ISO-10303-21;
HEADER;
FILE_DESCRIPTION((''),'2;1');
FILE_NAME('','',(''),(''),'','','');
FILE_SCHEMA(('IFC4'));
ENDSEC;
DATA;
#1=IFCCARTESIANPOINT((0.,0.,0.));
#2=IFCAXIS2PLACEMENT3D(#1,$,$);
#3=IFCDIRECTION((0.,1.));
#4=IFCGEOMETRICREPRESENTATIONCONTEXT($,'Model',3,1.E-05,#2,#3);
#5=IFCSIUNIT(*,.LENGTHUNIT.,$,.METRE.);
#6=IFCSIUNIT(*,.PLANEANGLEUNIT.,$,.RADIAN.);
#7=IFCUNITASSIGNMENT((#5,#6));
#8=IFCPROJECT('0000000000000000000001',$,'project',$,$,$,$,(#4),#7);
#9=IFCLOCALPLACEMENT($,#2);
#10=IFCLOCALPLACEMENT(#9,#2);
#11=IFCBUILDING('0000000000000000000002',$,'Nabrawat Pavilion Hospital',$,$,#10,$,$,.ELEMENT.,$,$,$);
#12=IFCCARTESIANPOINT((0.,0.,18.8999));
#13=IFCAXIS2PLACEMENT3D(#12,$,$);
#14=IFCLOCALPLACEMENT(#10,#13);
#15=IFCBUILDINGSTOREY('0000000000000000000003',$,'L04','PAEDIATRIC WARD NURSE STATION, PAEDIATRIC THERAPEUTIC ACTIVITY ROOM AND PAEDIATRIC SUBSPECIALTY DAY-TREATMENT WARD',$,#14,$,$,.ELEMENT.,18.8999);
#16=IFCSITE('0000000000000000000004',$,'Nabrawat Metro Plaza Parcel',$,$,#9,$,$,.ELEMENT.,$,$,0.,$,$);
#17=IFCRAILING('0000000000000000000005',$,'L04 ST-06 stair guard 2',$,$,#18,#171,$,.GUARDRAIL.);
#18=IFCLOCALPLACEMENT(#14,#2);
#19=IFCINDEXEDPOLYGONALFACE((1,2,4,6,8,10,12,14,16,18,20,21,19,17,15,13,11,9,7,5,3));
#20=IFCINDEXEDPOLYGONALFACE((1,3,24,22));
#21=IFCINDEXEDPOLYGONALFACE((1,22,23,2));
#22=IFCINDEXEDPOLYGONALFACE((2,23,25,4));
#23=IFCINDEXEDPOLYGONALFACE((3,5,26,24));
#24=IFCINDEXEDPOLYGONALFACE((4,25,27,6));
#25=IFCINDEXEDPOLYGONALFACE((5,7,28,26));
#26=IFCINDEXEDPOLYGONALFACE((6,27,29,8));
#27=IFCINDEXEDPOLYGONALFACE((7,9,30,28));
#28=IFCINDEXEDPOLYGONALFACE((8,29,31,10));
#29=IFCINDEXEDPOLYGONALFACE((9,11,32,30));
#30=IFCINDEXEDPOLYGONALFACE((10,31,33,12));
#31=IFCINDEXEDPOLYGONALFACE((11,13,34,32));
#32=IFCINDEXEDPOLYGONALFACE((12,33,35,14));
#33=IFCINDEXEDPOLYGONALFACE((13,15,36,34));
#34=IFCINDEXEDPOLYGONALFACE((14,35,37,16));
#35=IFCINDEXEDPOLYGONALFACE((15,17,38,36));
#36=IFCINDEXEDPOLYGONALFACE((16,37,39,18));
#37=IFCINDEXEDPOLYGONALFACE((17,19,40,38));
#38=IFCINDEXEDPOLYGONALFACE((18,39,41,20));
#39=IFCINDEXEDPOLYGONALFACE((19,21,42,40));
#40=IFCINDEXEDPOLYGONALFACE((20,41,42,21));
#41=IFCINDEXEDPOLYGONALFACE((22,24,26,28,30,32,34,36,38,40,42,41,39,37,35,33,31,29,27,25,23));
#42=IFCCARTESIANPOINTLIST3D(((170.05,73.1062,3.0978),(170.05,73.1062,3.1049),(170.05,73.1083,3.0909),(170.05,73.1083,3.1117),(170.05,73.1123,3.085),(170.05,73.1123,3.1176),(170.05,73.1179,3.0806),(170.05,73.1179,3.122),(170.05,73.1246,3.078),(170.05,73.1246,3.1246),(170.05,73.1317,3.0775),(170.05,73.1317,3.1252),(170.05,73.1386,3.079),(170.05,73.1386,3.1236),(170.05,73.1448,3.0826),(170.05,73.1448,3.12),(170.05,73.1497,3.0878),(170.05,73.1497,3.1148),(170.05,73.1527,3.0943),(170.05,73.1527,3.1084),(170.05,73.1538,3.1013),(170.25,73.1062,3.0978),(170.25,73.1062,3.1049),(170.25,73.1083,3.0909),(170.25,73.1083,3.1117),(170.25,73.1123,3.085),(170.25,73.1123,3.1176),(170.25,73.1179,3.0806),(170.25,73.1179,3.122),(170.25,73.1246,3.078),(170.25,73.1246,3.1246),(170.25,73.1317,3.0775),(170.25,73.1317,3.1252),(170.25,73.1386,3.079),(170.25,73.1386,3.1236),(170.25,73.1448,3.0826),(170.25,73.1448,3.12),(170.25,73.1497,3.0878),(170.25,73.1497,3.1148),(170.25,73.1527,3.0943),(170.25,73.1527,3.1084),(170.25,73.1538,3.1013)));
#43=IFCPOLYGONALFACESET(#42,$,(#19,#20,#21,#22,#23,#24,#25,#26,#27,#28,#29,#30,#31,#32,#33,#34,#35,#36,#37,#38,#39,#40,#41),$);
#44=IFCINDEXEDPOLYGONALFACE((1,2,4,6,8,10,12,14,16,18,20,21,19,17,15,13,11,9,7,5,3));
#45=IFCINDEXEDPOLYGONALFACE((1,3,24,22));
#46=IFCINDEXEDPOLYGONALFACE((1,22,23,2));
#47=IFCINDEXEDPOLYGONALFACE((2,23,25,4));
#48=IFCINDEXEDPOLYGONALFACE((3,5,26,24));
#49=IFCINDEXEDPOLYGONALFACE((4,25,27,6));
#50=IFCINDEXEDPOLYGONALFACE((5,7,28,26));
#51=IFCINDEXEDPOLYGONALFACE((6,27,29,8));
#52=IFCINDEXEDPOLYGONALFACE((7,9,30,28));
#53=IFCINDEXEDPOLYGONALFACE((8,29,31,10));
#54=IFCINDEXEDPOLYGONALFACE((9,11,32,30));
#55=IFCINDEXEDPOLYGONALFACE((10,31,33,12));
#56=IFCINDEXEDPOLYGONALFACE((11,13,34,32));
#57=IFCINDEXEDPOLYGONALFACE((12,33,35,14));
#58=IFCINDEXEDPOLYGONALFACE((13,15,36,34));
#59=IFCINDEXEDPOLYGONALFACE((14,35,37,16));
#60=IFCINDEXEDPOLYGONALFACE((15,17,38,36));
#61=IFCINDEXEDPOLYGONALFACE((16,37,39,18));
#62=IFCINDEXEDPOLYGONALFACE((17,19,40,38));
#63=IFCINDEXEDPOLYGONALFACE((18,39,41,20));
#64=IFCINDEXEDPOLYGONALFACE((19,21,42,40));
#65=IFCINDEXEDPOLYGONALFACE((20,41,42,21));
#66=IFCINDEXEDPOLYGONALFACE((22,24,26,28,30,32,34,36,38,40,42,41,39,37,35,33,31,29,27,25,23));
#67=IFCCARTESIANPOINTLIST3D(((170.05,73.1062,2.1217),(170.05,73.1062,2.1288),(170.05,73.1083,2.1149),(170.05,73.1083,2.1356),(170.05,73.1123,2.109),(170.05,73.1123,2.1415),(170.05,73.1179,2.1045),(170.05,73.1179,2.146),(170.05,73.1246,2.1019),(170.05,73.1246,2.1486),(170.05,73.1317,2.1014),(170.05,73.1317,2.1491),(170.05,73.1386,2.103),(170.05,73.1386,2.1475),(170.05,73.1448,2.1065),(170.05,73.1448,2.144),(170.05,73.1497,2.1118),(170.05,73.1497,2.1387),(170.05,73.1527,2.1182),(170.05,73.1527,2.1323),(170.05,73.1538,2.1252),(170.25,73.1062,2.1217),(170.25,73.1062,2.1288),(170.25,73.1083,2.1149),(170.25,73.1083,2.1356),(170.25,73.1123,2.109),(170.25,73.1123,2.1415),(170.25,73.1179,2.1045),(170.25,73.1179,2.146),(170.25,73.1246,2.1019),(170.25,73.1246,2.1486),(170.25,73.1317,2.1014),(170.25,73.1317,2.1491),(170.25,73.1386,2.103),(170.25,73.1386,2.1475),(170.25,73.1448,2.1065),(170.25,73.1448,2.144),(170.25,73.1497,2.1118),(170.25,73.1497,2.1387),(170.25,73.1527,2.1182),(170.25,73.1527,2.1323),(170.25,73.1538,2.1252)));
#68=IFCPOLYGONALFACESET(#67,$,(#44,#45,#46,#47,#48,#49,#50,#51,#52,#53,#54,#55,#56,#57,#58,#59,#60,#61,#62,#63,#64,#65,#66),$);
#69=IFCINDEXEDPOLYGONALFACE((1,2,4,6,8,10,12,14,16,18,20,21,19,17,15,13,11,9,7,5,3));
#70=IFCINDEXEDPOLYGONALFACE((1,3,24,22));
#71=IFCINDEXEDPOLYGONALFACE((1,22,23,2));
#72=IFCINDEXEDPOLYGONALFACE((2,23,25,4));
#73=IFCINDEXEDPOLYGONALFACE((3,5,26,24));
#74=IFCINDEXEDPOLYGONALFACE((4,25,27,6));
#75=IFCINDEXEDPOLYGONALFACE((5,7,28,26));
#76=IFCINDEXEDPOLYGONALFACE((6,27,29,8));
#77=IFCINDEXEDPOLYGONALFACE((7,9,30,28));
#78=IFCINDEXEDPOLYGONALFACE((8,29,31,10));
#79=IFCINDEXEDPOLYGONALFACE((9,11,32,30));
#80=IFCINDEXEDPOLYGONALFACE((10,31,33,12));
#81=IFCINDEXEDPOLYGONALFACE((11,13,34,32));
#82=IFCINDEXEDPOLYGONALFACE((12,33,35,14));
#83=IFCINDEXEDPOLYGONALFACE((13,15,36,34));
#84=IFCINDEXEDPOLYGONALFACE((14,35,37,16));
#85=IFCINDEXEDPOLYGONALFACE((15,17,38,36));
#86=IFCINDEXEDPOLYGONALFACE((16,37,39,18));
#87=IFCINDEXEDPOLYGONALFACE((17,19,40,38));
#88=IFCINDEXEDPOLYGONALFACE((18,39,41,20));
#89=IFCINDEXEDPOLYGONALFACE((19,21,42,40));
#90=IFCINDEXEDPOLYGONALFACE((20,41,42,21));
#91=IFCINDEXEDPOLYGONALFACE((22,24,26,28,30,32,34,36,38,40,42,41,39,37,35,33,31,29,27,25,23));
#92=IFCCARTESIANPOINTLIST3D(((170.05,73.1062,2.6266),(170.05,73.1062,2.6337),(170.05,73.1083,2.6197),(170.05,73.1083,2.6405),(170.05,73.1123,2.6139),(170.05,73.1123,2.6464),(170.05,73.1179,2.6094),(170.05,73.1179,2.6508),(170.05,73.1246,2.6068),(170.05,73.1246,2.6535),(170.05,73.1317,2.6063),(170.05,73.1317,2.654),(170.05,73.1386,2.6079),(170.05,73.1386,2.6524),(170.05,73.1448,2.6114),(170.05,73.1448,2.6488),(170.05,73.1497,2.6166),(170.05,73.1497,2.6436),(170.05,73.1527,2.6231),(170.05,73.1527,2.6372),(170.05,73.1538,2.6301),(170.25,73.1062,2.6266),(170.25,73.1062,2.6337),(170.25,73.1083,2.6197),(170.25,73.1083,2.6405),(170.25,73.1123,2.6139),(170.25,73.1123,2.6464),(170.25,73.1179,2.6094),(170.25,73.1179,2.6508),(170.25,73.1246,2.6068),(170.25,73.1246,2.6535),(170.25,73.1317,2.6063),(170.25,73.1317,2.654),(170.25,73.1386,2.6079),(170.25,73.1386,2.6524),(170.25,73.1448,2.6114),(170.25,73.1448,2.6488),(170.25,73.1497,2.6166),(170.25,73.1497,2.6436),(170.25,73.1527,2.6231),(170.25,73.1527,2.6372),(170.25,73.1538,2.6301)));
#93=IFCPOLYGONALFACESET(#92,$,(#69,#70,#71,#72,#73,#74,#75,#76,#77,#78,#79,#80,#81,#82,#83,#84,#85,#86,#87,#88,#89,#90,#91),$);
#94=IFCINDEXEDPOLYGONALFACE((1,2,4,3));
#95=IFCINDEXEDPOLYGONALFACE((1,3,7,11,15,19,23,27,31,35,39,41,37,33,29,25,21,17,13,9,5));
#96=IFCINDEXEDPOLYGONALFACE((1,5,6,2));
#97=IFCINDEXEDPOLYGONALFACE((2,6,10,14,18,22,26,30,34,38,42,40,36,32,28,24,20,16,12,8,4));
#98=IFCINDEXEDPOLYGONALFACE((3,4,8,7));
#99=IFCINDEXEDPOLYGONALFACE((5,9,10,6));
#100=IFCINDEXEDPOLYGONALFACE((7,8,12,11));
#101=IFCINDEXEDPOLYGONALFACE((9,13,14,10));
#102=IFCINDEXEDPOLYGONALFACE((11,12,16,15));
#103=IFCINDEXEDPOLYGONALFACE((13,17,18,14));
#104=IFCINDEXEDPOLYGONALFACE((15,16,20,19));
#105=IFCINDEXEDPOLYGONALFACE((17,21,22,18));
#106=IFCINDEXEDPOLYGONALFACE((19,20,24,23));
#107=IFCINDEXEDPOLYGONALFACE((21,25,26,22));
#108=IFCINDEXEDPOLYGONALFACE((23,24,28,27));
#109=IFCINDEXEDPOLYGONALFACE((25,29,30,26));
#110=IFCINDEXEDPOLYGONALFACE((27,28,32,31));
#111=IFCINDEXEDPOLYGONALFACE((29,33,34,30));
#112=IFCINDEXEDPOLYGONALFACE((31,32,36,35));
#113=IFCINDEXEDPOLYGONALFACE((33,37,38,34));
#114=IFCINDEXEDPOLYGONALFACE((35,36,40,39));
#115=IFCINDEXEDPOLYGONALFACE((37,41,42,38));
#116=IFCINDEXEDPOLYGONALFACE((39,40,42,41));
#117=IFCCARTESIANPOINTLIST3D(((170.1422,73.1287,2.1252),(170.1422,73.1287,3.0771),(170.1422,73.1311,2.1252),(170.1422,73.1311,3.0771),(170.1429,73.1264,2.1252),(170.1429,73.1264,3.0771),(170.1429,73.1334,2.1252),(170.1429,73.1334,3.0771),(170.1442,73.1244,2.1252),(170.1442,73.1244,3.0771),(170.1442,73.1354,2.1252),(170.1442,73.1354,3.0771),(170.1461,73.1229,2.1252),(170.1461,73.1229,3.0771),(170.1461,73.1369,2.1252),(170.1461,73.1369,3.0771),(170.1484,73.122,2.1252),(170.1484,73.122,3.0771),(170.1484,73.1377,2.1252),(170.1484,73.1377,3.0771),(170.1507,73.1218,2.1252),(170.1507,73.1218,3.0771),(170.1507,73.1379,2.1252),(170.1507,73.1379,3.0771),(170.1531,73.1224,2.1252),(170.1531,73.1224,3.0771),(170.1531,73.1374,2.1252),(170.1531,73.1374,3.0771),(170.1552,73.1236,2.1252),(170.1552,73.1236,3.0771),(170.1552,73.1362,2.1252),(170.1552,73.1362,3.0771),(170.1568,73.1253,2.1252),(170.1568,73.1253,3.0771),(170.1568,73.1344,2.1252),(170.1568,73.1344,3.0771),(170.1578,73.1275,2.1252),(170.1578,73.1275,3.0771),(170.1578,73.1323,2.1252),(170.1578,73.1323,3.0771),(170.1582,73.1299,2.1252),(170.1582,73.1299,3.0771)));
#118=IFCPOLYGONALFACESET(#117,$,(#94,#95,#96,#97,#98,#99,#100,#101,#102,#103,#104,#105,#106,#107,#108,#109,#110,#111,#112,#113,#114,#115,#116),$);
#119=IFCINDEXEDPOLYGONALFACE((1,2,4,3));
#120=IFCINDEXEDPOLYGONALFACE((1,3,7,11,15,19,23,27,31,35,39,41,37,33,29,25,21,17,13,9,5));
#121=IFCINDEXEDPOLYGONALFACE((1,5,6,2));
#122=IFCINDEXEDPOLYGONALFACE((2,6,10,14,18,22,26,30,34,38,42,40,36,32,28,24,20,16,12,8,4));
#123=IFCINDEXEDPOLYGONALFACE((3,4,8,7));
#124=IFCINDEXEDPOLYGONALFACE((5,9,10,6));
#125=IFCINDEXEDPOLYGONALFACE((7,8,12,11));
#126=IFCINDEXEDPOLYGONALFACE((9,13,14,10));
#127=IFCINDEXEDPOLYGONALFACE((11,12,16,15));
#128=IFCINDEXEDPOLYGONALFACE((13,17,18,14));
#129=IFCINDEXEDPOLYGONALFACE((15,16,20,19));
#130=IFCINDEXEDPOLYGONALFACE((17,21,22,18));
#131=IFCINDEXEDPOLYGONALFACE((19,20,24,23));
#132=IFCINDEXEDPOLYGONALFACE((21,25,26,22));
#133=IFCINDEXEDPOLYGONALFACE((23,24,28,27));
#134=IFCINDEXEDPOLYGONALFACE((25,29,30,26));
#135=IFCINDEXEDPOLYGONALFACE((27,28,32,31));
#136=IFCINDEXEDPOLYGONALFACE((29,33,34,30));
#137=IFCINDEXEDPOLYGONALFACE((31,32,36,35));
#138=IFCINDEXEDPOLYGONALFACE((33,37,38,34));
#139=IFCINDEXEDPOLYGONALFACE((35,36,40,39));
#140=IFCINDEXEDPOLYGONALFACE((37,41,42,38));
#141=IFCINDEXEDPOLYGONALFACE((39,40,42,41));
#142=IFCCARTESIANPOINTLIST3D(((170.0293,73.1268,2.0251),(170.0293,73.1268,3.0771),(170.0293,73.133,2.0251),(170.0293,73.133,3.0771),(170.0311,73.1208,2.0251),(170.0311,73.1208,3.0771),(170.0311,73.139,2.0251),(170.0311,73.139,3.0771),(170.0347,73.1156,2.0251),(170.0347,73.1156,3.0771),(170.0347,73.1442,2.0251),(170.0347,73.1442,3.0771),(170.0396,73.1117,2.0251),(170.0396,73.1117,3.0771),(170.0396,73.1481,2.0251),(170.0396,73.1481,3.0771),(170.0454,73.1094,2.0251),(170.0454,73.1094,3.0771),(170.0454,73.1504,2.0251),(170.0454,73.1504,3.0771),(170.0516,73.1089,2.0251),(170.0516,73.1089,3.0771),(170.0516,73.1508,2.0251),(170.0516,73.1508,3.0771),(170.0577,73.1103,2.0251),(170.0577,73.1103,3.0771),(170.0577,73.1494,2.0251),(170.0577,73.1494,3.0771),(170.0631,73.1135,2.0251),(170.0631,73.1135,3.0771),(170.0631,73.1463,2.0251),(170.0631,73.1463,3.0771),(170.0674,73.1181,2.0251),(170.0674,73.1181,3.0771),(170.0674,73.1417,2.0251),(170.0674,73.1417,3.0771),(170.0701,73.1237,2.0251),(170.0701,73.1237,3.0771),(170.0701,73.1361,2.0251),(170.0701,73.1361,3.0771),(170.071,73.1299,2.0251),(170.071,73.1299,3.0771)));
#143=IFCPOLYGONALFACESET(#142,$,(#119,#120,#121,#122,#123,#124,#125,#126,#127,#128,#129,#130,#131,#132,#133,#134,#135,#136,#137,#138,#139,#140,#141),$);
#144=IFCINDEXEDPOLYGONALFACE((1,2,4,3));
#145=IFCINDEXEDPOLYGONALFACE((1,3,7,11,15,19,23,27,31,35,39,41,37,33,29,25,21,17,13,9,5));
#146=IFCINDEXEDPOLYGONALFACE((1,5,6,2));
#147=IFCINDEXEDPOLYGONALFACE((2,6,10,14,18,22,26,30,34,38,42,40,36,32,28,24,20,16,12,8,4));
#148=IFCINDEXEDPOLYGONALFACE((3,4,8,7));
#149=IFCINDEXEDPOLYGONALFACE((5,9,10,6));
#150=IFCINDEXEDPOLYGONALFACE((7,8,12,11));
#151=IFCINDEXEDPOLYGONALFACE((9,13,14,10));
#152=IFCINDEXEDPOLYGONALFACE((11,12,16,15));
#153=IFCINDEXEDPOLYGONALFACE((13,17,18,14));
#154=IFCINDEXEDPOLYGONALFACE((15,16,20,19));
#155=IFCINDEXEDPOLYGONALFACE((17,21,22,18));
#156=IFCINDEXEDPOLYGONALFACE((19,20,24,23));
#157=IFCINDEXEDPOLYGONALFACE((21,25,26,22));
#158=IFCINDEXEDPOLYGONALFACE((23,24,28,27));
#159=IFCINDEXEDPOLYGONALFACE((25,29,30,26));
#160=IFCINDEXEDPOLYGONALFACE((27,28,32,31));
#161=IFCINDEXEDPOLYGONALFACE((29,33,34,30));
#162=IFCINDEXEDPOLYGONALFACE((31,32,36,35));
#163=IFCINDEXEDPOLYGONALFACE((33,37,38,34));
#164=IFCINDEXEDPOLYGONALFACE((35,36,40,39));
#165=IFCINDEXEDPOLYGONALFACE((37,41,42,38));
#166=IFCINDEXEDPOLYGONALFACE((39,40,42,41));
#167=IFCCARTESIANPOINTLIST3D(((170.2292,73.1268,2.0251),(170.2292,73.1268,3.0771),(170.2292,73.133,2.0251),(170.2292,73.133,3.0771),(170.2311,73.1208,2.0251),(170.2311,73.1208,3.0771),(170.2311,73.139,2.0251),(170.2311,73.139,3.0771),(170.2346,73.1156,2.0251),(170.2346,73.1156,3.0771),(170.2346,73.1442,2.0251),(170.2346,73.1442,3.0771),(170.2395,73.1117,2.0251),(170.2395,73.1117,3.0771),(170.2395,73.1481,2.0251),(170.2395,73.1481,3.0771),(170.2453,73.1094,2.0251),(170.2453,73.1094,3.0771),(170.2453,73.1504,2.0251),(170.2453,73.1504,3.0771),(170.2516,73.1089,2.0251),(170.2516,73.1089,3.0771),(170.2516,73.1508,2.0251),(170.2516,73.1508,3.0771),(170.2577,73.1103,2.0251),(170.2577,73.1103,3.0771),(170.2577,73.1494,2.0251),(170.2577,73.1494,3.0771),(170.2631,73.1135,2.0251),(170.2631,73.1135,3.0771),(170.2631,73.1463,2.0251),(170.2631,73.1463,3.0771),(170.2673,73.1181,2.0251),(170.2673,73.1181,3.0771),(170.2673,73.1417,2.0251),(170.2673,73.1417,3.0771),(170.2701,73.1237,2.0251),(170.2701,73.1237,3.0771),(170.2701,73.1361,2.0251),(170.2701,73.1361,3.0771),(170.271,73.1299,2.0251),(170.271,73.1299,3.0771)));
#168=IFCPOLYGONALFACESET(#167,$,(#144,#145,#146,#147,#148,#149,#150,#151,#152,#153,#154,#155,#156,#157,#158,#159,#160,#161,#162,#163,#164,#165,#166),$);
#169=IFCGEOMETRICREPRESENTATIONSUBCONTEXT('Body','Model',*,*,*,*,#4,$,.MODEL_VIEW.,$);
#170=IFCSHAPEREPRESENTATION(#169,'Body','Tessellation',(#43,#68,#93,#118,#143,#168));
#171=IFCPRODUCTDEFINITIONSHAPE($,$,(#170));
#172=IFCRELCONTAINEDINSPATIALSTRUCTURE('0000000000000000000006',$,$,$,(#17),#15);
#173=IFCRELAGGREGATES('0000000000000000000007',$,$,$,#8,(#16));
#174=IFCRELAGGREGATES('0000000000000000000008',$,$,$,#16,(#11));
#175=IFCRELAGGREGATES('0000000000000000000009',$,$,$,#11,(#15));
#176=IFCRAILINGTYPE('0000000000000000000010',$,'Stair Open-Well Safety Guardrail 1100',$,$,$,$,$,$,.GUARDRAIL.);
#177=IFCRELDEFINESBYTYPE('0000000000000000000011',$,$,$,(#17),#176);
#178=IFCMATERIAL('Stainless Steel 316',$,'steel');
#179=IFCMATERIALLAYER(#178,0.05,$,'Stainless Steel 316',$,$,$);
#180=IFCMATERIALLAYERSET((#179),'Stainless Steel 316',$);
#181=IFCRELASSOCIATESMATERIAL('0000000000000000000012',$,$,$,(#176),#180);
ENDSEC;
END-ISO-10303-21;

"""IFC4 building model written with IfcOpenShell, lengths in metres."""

from ifc_helpers import new_model, si_unit, direction, frame, origin, origin_2d, place, context, subcontext, project, spatial, circle, extrude, material, layer, layer_set, type_object, element, save


model = new_model("IFC4")

# Units and contexts
model_context = context("Model", 3, precision=1e-05, world=origin(), true_north=direction((0.0, 1.0)))
body_context = subcontext(model_context, "Body", "Model", "MODEL_VIEW")
ifc_project = project(units=[si_unit("LENGTHUNIT", "METRE"), si_unit("PLANEANGLEUNIT", "RADIAN")], contexts=[model_context])

# Site, building, storey
site_placement = place(None, origin())
site = spatial("IfcSite", under=ifc_project, at=site_placement, Name="Nabrawat Metro Plaza Parcel", CompositionType="ELEMENT", RefElevation=0.0)
building_placement = place(site_placement, origin())
building = spatial("IfcBuilding", under=site, at=building_placement, Name="Nabrawat Pavilion Hospital", CompositionType="ELEMENT")
storey_placement = place(building_placement, frame((0.0, 0.0, 18.8999)))
storey = spatial("IfcBuildingStorey", under=building, at=storey_placement, Name="L04", Description="PAEDIATRIC WARD NURSE STATION, PAEDIATRIC THERAPEUTIC ACTIVITY ROOM AND PAEDIATRIC SUBSPECIALTY DAY-TREATMENT WARD", CompositionType="ELEMENT", Elevation=18.8999)

# Railing
ifc_material_1 = material(Name="Stainless Steel 316", Category="steel")
ifc_layer_1 = layer(ifc_material_1, 0.05, Name="Stainless Steel 316")
ifc_layer_set_1 = layer_set([ifc_layer_1], Name="Stainless Steel 316")
railing_type_1 = type_object("IfcRailingType", Name="Stair Open-Well Safety Guardrail 1100", PredefinedType="GUARDRAIL", material=ifc_layer_set_1)
railing_1_placement = place(storey_placement, frame((170.05, 73.1299, 2.0251)))
element("IfcRailing", 1, at=railing_1_placement, inside=storey, type_object=railing_type_1, Name="L04 ST-06 stair guard 2", PredefinedType="GUARDRAIL", context=body_context, shape_type="SweptSolid", body=[
    extrude(circle(Radius=0.0239, at=origin_2d()), frame((0.0, 0.0, 1.0762), z_axis=(1.0, 0.0, 0.0), x_axis=(0.0, 1.0, 0.0)), (0.0, 0.0, 1.0), 0.2),
    extrude(circle(Radius=0.0239, at=origin_2d()), frame((0.0, 0.0, 0.1001), z_axis=(1.0, 0.0, 0.0), x_axis=(0.0, 1.0, 0.0)), (0.0, 0.0, 1.0), 0.2),
    extrude(circle(Radius=0.0239, at=origin_2d()), frame((0.0, 0.0, 0.605), z_axis=(1.0, 0.0, 0.0), x_axis=(0.0, 1.0, 0.0)), (0.0, 0.0, 1.0), 0.2),
    extrude(circle(Radius=0.0081, at=origin_2d()), frame((0.1001, 0.0, 0.1001)), (0.0, 0.0, 1.0), 0.9519),
    extrude(circle(Radius=0.021, at=origin_2d()), origin(), (0.0, 0.0, 1.0), 1.052),
    extrude(circle(Radius=0.021, at=origin_2d()), frame((0.2, 0.0, 0.0)), (0.0, 0.0, 1.0), 1.052),
])

save(model, "model.ifc")
